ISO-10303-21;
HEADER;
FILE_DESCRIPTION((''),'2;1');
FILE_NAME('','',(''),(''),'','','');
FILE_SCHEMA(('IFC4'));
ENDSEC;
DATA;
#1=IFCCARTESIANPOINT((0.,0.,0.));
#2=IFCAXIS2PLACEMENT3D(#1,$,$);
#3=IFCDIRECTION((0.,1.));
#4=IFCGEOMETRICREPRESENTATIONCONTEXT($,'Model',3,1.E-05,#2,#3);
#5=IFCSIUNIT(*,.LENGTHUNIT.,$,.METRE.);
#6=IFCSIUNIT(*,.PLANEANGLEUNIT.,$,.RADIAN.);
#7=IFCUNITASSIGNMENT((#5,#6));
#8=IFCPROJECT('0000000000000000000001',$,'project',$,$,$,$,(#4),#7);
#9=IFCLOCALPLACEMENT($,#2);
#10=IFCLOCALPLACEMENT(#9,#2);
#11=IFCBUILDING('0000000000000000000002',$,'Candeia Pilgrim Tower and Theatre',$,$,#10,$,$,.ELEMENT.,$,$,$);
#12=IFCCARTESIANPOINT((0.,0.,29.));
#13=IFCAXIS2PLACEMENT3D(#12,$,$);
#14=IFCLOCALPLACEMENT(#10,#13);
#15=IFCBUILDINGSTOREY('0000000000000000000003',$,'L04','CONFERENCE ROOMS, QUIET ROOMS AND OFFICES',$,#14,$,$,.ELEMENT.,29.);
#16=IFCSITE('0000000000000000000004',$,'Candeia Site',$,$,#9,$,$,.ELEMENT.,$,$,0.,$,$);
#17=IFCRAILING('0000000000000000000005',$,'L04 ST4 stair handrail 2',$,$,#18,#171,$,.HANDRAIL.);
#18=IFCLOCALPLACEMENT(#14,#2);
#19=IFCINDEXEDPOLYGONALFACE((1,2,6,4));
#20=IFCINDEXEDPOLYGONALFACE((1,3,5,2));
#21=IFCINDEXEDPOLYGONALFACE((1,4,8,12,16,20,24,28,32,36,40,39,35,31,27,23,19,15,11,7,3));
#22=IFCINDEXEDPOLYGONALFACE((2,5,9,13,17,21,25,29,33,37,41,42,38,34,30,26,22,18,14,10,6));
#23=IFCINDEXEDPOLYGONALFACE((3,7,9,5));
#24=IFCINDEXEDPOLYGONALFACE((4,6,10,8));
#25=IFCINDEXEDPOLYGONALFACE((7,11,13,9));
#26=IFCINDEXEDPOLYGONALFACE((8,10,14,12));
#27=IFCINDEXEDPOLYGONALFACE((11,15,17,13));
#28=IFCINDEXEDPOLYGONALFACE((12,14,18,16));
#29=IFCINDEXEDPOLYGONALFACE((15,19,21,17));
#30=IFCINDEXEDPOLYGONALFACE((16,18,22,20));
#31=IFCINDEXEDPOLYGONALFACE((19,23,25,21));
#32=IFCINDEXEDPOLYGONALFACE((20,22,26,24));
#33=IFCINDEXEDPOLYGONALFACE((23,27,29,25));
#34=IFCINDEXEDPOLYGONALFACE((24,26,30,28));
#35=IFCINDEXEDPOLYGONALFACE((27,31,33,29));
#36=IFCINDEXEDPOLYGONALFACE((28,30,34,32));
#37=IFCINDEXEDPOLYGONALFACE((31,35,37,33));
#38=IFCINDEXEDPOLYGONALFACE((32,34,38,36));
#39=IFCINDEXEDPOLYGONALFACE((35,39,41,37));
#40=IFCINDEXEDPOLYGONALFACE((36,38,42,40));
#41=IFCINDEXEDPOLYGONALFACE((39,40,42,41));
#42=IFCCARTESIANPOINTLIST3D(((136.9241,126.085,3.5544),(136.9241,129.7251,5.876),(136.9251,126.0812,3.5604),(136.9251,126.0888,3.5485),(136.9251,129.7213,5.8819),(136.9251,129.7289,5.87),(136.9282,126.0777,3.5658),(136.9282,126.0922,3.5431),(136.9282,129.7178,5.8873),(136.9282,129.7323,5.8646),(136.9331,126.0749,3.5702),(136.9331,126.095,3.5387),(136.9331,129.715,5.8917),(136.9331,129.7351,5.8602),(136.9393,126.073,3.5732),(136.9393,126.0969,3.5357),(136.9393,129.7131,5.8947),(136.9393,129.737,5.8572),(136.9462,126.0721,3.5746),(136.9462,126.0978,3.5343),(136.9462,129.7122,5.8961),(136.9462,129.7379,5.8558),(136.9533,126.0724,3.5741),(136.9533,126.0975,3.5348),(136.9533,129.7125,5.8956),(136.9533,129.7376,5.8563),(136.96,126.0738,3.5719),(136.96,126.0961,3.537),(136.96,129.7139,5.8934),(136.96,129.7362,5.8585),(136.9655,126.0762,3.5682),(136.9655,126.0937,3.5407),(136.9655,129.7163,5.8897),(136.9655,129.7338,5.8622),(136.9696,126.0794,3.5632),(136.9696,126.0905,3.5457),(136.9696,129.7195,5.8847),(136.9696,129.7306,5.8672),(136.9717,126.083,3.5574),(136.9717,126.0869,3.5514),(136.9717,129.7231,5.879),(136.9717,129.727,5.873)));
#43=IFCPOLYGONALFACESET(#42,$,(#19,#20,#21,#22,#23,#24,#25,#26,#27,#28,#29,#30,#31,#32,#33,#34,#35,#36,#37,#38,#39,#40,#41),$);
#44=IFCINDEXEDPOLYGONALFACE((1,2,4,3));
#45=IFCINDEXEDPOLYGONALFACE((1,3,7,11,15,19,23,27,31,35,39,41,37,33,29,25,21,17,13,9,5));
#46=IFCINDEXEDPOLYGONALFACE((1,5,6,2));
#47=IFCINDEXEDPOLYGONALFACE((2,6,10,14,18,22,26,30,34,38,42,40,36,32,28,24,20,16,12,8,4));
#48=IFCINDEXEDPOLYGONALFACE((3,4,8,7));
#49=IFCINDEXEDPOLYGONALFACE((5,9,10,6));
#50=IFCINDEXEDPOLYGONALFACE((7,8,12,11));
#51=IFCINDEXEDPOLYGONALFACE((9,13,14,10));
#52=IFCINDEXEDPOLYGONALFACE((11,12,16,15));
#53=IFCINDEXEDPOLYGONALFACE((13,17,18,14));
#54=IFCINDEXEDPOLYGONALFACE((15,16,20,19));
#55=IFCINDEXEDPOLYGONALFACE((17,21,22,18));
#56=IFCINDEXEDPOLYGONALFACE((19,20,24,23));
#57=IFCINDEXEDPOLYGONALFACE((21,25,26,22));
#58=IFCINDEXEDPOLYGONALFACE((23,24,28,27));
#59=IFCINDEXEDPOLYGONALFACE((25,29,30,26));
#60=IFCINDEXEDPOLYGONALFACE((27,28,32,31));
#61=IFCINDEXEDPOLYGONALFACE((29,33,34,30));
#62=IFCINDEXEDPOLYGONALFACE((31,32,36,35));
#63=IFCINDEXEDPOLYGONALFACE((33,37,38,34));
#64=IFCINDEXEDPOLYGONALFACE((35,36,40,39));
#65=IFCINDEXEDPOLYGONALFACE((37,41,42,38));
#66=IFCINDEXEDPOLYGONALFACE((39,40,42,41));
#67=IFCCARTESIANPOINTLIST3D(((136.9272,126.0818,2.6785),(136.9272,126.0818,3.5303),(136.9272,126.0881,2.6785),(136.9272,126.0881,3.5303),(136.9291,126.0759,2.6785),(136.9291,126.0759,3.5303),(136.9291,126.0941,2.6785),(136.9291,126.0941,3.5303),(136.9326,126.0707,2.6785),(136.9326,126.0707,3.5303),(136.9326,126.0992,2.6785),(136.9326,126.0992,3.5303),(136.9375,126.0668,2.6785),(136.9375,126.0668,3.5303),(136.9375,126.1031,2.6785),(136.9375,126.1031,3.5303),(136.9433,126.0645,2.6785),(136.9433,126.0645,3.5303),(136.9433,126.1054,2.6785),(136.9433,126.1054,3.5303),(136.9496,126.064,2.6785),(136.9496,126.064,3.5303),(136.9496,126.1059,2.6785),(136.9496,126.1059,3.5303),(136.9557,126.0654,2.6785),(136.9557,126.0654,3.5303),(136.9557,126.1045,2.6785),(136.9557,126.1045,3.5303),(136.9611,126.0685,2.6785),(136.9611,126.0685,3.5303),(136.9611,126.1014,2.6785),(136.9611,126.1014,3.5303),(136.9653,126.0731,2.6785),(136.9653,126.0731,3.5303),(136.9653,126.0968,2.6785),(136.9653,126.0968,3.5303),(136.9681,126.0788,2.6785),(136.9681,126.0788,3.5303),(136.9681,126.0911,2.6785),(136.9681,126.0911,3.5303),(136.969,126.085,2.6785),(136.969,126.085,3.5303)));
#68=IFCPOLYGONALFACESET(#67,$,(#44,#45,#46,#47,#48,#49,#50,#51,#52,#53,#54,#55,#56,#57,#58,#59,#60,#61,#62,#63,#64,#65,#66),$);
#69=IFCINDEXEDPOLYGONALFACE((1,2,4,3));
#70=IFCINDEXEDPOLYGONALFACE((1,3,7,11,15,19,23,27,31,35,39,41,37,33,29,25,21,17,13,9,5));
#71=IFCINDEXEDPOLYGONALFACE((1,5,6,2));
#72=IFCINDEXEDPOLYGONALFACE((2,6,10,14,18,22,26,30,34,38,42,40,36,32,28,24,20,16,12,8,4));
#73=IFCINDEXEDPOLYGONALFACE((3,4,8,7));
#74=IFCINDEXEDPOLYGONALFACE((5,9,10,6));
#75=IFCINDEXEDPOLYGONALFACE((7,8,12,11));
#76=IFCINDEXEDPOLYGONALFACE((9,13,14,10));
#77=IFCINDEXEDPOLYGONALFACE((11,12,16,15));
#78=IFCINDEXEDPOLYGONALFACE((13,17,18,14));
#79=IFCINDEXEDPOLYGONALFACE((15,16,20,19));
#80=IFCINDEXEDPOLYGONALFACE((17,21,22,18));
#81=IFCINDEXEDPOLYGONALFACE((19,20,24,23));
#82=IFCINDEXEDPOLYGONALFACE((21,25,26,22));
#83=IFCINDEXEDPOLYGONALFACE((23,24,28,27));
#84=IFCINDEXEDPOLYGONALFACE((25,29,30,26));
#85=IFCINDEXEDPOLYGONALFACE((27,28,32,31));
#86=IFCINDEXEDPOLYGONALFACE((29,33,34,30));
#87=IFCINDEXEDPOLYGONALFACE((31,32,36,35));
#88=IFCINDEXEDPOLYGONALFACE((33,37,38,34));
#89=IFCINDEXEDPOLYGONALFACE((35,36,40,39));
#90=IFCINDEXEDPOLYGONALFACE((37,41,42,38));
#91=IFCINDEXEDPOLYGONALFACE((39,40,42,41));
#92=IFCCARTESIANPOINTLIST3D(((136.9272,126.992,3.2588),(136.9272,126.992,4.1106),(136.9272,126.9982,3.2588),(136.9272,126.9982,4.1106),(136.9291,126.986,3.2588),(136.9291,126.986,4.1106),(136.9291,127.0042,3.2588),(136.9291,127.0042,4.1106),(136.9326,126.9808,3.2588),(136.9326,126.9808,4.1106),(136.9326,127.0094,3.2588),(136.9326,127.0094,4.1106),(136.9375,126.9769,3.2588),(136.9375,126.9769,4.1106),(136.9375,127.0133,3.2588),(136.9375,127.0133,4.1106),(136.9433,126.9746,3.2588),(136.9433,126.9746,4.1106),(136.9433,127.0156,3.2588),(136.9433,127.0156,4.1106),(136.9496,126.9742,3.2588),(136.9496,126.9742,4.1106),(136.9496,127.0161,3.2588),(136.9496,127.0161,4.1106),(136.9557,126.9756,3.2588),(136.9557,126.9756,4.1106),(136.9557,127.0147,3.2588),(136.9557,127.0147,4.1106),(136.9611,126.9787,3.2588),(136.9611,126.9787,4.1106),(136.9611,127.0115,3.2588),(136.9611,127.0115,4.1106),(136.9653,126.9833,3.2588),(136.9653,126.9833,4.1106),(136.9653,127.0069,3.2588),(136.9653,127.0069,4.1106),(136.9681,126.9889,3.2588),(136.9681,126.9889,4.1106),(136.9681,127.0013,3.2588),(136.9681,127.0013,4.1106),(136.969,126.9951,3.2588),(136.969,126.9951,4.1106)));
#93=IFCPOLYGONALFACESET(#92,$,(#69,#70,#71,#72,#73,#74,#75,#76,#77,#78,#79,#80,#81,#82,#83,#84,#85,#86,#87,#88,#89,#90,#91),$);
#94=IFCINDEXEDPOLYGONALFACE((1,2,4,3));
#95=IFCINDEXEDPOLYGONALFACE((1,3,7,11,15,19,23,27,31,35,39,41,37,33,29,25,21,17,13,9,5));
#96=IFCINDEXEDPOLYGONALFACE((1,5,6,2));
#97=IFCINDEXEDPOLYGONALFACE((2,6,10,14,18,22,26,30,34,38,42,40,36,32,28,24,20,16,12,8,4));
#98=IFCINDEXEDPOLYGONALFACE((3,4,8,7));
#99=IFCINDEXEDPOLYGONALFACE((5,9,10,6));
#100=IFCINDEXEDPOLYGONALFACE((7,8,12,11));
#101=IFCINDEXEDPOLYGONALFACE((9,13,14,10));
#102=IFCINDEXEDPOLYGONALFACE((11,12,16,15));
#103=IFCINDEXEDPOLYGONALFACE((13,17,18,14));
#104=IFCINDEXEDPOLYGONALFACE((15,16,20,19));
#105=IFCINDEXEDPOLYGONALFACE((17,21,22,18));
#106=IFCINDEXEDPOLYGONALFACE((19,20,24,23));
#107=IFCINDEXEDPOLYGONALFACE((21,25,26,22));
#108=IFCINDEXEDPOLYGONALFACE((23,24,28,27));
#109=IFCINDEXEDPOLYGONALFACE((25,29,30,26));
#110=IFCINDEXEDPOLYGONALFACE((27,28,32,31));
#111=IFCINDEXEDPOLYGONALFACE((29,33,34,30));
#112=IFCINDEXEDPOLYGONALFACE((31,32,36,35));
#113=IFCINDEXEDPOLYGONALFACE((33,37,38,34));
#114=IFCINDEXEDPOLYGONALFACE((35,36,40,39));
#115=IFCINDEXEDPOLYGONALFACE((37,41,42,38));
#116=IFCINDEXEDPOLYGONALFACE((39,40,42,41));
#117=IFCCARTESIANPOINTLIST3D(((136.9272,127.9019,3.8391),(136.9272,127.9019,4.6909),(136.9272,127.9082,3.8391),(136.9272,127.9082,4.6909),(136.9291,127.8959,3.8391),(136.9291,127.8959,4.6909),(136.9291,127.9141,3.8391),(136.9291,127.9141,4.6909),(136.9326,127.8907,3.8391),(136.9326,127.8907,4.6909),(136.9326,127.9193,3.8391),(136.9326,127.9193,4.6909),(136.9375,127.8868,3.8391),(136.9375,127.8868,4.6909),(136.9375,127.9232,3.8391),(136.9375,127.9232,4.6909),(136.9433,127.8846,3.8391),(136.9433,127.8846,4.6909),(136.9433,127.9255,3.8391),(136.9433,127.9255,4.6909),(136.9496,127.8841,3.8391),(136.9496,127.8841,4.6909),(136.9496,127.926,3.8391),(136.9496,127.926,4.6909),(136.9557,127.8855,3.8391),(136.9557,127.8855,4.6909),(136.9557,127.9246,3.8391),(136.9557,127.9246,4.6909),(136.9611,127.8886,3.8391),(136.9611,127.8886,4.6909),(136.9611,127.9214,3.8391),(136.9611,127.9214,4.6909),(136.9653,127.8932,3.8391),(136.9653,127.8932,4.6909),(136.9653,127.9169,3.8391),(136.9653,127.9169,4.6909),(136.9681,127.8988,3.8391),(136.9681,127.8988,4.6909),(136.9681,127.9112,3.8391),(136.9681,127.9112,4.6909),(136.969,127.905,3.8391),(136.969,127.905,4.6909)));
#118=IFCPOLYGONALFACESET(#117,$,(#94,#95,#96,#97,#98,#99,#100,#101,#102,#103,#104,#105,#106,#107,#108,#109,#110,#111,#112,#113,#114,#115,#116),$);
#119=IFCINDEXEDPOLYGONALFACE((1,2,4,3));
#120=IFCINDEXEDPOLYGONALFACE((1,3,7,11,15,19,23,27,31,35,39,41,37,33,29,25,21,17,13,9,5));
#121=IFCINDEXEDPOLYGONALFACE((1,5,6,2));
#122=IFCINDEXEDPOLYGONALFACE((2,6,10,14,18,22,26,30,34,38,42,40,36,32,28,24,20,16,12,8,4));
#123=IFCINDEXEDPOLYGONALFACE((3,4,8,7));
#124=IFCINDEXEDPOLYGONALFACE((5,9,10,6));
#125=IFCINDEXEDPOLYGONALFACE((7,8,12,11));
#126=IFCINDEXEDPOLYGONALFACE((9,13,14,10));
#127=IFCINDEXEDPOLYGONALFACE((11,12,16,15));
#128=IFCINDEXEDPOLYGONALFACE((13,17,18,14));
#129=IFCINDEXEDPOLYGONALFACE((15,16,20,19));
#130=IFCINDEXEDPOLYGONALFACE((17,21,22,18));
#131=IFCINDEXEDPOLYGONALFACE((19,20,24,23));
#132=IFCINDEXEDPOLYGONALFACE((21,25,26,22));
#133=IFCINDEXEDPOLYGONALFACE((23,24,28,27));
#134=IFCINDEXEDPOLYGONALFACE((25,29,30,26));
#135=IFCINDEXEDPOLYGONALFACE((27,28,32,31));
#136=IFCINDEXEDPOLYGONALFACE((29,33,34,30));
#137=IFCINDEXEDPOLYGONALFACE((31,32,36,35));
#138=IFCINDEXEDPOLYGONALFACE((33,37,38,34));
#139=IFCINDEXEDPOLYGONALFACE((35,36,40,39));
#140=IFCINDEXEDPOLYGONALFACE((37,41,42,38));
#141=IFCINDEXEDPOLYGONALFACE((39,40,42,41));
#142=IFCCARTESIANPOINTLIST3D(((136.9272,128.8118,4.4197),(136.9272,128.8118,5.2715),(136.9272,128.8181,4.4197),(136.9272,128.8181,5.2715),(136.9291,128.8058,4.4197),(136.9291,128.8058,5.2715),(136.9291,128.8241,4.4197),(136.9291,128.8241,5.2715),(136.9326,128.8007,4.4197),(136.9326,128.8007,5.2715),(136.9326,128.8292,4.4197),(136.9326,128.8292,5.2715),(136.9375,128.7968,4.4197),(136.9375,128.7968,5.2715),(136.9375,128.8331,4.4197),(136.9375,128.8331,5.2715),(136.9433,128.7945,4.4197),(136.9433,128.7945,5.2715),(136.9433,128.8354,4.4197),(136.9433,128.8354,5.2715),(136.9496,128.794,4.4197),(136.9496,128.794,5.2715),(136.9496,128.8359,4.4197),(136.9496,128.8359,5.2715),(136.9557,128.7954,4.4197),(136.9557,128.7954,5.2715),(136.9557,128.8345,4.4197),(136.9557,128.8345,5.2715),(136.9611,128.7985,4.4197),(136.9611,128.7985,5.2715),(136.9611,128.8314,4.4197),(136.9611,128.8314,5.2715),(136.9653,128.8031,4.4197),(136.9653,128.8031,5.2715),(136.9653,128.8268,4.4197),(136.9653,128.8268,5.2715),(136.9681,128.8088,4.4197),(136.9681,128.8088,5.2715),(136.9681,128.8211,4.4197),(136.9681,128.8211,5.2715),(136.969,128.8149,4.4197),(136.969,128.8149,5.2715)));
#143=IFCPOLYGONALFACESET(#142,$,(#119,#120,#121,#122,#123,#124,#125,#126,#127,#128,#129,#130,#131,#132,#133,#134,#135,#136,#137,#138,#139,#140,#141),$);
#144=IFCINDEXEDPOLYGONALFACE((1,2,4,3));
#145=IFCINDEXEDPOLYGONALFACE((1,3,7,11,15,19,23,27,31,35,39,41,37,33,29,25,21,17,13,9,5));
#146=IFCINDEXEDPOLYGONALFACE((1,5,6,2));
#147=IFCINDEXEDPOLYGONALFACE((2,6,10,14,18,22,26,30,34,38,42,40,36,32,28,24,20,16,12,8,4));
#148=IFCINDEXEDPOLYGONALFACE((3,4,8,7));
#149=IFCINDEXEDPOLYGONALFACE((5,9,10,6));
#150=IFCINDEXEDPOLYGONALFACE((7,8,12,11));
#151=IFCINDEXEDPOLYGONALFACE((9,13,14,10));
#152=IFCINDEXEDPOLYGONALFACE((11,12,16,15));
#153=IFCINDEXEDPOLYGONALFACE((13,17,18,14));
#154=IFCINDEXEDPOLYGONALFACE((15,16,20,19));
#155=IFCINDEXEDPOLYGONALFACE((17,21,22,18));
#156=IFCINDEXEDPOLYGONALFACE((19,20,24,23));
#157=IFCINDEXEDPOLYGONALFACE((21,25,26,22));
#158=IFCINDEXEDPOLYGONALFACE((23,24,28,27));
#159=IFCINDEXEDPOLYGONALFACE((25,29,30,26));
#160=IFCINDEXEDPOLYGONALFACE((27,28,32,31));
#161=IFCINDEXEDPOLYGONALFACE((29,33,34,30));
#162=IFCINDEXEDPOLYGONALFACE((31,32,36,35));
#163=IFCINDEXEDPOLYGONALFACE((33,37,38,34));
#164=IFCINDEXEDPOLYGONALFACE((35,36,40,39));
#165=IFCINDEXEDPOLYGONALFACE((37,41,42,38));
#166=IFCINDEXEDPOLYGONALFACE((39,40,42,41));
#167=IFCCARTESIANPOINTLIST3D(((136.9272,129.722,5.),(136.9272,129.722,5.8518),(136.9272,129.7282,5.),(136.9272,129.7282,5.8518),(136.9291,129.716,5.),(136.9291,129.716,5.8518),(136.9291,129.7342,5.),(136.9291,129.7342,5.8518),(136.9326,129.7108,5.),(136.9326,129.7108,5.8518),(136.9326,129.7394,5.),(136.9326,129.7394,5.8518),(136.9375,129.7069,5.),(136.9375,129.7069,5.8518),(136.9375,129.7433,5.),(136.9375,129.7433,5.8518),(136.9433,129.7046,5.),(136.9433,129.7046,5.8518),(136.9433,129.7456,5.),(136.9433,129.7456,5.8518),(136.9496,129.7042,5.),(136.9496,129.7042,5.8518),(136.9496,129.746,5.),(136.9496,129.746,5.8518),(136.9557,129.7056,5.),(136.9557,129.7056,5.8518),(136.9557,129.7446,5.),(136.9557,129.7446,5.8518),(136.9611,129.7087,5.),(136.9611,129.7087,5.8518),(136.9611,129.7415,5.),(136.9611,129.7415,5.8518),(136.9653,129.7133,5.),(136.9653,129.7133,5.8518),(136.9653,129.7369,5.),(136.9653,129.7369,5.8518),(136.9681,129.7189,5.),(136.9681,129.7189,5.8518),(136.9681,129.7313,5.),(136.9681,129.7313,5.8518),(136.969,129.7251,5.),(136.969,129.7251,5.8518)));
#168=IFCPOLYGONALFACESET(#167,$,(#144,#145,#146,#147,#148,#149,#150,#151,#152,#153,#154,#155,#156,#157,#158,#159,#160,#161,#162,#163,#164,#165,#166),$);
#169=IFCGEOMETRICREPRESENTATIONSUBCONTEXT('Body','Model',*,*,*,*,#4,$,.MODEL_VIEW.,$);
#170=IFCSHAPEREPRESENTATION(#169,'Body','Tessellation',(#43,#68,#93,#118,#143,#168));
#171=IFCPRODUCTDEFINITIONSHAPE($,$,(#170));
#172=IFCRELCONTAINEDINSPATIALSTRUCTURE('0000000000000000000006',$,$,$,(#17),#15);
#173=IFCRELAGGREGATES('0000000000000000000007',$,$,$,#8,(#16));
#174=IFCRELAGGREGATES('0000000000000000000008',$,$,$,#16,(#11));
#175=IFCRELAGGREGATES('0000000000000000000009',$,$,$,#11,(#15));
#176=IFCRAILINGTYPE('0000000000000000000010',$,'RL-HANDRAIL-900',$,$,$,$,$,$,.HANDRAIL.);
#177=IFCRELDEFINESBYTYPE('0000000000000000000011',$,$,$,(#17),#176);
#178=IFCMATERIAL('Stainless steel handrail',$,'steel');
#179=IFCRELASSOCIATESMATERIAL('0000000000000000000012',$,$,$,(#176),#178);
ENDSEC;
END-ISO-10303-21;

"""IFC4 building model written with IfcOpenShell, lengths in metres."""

from ifc_helpers import new_model, si_unit, direction, frame, origin, origin_2d, place, context, subcontext, project, spatial, circle, extrude, material, type_object, element, save


model = new_model("IFC4")

# Units and contexts
model_context = context("Model", 3, precision=1e-05, world=origin(), true_north=direction((0.0, 1.0)))
body_context = subcontext(model_context, "Body", "Model", "MODEL_VIEW")
ifc_project = project(units=[si_unit("LENGTHUNIT", "METRE"), si_unit("PLANEANGLEUNIT", "RADIAN")], contexts=[model_context])

# Site, building, storey
site_placement = place(None, origin())
site = spatial("IfcSite", under=ifc_project, at=site_placement, Name="Candeia Site", CompositionType="ELEMENT", RefElevation=0.0)
building_placement = place(site_placement, origin())
building = spatial("IfcBuilding", under=site, at=building_placement, Name="Candeia Pilgrim Tower and Theatre", CompositionType="ELEMENT")
storey_placement = place(building_placement, frame((0.0, 0.0, 29.0)))
storey = spatial("IfcBuildingStorey", under=building, at=storey_placement, Name="L04", Description="CONFERENCE ROOMS, QUIET ROOMS AND OFFICES", CompositionType="ELEMENT", Elevation=29.0)

# Railing
ifc_material_1 = material(Name="Stainless steel handrail", Category="steel")
railing_type_1 = type_object("IfcRailingType", Name="RL-HANDRAIL-900", PredefinedType="HANDRAIL", material=ifc_material_1)
railing_1_placement = place(storey_placement, frame((136.948, 126.085, 2.6785)))
element("IfcRailing", 1, at=railing_1_placement, inside=storey, type_object=railing_type_1, Name="L04 ST4 stair handrail 2", PredefinedType="HANDRAIL", context=body_context, shape_type="SweptSolid", body=[
    extrude(circle(Radius=0.0239, at=origin_2d()), frame((0.0, 0.0, 0.876), z_axis=(0.0, 0.843128, 0.537713), x_axis=(-1.0, 0.0, 0.0)), (0.0, 0.0, 1.0), 4.3174),
    extrude(circle(Radius=0.021, at=origin_2d()), origin(), (0.0, 0.0, 1.0), 0.8518),
    extrude(circle(Radius=0.021, at=origin_2d()), frame((0.0, 0.9102, 0.5803)), (0.0, 0.0, 1.0), 0.8518),
    extrude(circle(Radius=0.021, at=origin_2d()), frame((0.0, 1.8201, 1.1606)), (0.0, 0.0, 1.0), 0.8518),
    extrude(circle(Radius=0.021, at=origin_2d()), frame((0.0, 2.73, 1.7412)), (0.0, 0.0, 1.0), 0.8518),
    extrude(circle(Radius=0.021, at=origin_2d()), frame((0.0, 3.6401, 2.3215)), (0.0, 0.0, 1.0), 0.8518),
])

save(model, "model.ifc")
